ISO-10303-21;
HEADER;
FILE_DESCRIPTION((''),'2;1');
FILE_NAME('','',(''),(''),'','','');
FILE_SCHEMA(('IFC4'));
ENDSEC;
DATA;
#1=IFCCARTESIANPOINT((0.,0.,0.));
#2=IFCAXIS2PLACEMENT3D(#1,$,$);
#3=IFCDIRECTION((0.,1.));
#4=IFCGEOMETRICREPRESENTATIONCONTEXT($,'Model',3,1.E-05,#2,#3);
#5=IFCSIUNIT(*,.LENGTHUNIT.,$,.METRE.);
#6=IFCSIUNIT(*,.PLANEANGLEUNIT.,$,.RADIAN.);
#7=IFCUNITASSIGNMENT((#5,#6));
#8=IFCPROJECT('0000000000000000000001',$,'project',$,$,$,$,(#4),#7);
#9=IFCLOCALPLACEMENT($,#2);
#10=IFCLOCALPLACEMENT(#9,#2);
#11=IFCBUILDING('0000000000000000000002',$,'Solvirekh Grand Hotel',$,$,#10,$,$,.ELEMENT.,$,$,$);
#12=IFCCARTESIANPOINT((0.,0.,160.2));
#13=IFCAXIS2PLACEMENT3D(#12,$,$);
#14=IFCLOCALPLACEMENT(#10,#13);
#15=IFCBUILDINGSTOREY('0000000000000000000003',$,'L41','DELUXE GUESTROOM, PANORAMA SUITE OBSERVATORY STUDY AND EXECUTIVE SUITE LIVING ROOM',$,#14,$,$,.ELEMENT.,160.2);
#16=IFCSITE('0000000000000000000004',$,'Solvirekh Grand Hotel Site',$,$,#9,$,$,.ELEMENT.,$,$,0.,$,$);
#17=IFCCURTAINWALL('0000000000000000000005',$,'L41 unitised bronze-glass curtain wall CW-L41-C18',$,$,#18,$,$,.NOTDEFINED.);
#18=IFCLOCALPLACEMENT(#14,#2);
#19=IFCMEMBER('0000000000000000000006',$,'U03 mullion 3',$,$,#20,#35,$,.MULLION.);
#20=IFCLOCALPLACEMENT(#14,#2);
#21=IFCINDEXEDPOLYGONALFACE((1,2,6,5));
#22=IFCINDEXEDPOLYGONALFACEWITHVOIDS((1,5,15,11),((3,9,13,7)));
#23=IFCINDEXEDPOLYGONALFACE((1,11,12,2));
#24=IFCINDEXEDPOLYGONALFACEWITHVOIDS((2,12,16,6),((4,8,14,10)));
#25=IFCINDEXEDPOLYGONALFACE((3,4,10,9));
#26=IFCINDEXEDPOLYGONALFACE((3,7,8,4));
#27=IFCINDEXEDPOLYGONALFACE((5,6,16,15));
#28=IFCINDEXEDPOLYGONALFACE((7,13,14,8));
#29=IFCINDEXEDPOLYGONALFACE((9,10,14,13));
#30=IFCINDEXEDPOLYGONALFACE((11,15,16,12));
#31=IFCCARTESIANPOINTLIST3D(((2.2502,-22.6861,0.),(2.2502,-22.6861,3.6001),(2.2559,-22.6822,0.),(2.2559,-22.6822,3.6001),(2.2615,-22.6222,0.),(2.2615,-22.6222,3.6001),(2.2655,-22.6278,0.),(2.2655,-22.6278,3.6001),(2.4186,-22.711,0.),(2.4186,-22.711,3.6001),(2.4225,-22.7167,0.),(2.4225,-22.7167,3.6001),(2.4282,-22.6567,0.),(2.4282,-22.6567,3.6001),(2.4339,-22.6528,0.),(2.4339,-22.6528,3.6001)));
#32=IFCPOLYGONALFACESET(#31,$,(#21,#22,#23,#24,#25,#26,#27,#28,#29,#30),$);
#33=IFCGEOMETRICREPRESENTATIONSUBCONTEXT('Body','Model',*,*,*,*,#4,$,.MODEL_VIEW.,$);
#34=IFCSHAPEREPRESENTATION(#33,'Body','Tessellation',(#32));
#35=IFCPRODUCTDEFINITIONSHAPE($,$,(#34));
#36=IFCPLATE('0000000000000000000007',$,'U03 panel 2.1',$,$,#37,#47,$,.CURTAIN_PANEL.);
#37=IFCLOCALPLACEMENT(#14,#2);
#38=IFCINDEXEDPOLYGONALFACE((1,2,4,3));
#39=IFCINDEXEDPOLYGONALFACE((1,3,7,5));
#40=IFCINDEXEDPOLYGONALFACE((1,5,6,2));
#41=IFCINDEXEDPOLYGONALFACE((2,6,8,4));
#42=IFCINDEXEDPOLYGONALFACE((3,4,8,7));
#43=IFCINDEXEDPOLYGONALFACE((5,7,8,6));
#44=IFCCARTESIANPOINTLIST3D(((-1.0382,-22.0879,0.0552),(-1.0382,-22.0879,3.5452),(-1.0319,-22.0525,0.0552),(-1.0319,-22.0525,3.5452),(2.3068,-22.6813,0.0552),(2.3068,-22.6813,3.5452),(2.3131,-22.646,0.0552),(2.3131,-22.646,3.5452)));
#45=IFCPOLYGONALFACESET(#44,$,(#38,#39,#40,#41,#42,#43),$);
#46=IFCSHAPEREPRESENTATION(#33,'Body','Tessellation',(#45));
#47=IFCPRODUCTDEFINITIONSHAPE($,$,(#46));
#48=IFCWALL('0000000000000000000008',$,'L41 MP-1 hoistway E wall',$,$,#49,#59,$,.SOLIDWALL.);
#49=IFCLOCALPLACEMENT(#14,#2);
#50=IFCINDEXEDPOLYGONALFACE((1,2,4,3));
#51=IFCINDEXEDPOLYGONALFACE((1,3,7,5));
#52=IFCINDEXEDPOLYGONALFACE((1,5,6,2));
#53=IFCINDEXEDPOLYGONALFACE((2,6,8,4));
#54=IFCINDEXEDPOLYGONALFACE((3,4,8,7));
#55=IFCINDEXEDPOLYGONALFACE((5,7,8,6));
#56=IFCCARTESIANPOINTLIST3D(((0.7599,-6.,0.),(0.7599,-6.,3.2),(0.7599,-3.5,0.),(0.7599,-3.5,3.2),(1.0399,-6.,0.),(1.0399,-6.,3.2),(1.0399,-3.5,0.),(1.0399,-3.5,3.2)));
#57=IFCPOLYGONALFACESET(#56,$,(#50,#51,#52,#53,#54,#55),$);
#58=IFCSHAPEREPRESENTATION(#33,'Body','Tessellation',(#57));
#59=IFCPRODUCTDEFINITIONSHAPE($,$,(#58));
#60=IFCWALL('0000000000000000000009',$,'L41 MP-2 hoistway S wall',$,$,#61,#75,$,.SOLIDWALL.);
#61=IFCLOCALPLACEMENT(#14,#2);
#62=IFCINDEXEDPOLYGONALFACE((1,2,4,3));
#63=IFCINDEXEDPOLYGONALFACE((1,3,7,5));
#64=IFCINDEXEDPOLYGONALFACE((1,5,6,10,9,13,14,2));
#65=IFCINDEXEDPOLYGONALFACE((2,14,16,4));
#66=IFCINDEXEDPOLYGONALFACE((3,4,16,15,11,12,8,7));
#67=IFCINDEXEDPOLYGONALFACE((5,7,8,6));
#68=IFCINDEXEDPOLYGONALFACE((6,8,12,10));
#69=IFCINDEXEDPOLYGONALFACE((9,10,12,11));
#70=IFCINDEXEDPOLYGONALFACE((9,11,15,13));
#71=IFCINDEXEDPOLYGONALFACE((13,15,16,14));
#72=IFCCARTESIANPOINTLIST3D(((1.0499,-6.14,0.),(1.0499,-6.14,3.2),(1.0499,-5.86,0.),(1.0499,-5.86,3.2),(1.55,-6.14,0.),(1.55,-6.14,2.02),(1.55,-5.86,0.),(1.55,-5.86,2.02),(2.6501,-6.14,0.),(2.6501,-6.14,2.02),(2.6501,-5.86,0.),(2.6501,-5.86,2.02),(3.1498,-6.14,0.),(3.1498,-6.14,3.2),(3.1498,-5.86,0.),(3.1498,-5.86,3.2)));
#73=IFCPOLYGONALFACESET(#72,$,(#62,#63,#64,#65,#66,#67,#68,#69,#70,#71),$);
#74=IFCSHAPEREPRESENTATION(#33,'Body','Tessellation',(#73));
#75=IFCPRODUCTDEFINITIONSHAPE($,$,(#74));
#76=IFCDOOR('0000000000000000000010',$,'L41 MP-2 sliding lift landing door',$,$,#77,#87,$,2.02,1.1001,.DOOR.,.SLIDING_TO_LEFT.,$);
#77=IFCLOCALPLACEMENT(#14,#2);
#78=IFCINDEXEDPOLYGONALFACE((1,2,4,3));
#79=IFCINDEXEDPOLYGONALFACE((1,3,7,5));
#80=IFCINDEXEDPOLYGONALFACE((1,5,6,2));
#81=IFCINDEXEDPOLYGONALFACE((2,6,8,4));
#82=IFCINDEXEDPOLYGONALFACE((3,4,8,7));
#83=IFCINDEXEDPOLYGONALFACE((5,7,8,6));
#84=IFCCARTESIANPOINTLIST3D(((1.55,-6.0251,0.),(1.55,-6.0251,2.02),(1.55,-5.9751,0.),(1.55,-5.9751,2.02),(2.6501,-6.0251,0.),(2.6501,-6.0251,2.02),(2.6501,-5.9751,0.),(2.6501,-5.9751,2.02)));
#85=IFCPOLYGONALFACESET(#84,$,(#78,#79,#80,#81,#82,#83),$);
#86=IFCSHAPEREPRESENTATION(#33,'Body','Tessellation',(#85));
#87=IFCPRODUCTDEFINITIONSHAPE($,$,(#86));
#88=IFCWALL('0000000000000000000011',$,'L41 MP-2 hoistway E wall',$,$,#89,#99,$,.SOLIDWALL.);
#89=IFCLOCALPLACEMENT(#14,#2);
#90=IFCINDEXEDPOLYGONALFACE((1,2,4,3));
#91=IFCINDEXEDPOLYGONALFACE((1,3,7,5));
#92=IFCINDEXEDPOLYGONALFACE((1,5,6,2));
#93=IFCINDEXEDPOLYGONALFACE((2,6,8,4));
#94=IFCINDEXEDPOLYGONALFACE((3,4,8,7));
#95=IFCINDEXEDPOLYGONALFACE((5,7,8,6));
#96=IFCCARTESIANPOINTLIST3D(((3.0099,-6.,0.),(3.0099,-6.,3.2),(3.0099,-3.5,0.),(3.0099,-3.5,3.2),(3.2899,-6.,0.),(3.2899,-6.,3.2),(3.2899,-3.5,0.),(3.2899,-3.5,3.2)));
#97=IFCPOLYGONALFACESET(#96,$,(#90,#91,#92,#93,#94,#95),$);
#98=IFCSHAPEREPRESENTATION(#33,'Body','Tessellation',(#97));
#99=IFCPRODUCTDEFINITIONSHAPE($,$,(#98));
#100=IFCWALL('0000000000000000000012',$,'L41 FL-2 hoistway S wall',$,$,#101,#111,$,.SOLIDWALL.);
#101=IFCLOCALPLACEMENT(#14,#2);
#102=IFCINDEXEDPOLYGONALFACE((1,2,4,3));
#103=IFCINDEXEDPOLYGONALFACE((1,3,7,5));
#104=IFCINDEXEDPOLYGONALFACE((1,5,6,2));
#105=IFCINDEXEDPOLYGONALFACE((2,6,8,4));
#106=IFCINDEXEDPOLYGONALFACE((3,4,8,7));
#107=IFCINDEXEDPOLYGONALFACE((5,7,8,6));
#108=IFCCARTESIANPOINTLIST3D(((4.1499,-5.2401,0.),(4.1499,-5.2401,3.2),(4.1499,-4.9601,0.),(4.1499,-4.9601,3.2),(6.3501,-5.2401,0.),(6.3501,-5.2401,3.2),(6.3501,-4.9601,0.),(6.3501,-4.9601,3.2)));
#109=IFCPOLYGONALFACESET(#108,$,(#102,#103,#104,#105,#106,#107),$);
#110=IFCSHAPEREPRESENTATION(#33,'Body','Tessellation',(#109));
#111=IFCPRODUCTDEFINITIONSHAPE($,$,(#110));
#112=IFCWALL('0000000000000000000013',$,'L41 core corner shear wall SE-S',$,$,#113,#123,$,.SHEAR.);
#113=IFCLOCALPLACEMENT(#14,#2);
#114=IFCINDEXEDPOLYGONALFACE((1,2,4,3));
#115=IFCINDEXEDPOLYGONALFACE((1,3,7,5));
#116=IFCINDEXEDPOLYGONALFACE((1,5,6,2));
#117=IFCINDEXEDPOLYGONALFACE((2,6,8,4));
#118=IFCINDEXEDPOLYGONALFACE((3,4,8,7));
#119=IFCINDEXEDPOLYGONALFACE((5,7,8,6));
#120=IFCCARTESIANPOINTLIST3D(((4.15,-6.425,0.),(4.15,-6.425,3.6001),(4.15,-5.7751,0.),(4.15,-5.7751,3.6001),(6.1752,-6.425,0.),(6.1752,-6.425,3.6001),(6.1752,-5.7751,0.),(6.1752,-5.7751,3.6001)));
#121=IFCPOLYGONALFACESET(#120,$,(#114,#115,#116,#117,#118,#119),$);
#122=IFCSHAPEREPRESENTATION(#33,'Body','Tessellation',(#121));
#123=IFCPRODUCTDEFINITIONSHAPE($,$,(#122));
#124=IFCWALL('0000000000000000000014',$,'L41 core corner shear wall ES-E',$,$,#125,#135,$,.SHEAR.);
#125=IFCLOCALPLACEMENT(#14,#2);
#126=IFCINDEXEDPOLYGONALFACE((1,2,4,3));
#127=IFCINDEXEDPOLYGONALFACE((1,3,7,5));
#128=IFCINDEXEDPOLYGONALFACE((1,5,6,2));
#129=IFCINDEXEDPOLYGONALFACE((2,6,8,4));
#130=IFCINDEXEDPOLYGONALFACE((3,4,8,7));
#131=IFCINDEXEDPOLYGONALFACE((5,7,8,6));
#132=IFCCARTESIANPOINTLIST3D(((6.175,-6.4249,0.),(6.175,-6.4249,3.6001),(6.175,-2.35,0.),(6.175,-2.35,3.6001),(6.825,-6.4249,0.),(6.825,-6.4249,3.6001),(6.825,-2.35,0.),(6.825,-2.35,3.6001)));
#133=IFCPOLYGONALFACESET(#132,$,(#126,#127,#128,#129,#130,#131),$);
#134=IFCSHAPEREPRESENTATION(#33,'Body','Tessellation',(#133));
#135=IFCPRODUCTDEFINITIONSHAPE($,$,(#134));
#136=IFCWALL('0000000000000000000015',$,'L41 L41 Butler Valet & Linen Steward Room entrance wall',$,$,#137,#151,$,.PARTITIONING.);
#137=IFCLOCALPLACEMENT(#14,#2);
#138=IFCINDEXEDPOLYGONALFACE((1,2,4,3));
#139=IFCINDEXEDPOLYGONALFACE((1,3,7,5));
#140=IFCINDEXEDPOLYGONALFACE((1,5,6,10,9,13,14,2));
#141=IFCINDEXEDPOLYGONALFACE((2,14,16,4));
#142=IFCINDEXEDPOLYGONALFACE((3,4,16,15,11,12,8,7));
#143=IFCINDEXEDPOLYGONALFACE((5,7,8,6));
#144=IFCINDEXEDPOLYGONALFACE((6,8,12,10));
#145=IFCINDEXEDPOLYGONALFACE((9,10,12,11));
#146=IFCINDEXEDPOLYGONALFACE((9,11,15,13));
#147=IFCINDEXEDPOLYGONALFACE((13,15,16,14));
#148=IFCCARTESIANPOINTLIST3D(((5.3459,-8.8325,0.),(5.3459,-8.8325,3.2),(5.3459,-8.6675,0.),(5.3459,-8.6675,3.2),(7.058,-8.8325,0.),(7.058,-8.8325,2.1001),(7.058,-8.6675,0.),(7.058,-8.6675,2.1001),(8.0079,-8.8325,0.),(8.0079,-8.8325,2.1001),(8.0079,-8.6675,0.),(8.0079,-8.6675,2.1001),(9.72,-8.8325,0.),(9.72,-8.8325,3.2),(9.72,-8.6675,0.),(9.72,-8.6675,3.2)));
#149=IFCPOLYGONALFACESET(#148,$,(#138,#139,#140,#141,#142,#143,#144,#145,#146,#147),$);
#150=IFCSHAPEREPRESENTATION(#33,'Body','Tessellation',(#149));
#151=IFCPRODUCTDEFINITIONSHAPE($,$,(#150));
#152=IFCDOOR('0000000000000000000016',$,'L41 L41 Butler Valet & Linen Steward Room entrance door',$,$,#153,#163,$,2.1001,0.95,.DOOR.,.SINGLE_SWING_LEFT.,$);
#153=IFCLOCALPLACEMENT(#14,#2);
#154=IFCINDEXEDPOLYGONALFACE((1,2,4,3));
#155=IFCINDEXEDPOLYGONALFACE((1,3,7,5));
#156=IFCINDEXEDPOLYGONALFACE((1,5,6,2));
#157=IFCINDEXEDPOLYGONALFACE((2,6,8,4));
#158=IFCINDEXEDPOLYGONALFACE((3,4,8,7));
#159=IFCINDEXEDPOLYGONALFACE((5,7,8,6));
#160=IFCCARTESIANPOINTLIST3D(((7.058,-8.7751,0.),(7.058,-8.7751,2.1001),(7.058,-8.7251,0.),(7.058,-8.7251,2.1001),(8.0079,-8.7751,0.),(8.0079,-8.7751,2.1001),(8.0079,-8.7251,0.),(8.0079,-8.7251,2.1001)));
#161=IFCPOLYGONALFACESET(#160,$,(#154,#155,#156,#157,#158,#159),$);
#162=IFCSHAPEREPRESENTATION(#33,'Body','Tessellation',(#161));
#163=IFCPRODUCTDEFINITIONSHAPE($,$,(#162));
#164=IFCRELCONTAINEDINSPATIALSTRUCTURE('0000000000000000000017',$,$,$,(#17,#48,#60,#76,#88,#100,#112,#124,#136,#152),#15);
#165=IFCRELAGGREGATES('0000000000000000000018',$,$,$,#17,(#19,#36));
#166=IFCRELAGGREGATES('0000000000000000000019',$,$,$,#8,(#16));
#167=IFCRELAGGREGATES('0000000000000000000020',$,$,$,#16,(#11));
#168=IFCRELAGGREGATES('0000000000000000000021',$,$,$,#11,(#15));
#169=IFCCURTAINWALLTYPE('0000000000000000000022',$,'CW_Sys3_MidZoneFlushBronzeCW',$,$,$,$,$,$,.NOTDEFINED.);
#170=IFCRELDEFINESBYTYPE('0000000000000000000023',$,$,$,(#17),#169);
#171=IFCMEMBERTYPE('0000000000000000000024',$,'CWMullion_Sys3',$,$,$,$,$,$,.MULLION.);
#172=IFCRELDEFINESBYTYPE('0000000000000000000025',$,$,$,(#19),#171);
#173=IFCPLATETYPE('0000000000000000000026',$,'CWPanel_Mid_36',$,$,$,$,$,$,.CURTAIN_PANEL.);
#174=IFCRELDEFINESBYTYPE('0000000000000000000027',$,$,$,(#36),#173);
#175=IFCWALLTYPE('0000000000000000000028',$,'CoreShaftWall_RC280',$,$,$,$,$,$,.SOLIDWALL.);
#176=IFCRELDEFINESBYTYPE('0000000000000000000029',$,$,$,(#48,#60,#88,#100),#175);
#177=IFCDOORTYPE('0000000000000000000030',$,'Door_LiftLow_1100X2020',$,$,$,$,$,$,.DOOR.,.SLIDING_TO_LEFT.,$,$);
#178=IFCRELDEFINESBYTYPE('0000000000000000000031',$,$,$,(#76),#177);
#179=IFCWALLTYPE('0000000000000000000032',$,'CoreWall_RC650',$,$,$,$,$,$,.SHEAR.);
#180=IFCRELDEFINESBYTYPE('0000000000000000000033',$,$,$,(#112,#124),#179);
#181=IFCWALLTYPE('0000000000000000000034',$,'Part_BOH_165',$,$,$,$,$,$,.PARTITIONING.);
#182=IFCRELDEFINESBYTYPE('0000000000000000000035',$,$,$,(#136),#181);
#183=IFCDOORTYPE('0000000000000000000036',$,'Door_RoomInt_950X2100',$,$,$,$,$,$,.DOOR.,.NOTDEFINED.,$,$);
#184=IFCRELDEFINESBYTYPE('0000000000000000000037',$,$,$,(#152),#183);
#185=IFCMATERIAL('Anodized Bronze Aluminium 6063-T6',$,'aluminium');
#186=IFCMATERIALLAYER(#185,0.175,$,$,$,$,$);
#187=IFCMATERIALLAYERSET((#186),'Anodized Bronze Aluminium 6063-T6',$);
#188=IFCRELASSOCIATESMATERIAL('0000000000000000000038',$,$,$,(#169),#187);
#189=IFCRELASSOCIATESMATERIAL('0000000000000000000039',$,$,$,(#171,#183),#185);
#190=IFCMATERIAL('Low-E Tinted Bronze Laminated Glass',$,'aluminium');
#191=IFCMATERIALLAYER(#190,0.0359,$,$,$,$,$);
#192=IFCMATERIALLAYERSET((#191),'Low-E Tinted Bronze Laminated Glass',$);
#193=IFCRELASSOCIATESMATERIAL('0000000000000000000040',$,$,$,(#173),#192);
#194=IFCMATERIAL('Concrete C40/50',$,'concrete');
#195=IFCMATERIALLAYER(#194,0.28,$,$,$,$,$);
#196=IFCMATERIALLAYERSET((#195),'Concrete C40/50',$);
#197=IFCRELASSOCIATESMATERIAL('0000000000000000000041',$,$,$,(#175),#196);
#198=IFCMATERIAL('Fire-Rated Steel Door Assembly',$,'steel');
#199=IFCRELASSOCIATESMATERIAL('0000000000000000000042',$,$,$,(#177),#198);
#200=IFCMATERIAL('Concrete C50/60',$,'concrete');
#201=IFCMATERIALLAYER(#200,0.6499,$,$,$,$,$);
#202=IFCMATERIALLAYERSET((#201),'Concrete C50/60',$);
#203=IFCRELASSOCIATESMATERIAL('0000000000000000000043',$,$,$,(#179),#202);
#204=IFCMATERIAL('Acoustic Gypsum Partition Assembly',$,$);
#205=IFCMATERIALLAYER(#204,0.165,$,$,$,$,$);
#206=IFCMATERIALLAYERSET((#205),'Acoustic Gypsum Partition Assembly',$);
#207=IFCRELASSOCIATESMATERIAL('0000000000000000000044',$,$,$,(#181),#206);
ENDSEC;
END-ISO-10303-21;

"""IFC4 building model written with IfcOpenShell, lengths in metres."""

from ifc_helpers import new_model, si_unit, direction, frame, frame_2d, origin, origin_2d, place, context, subcontext, project, spatial, rectangle, hollow_rectangle, extrude, source, transform, mapped, material, layer, layer_set, material_profile, profile_set, type_object, element, fill, aggregate, save


model = new_model("IFC4")

# Units and contexts
model_context = context("Model", 3, precision=1e-05, world=origin(), true_north=direction((0.0, 1.0)))
body_context = subcontext(model_context, "Body", "Model", "MODEL_VIEW")
ifc_project = project(units=[si_unit("LENGTHUNIT", "METRE"), si_unit("PLANEANGLEUNIT", "RADIAN")], contexts=[model_context])

# Site, building, storey
site_placement = place(None, origin())
site = spatial("IfcSite", under=ifc_project, at=site_placement, Name="Solvirekh Grand Hotel Site", CompositionType="ELEMENT", RefElevation=0.0)
building_placement = place(site_placement, origin())
building = spatial("IfcBuilding", under=site, at=building_placement, Name="Solvirekh Grand Hotel", CompositionType="ELEMENT")
storey_placement = place(building_placement, frame((0.0, 0.0, 160.2)))
storey = spatial("IfcBuildingStorey", under=building, at=storey_placement, Name="L41", Description="DELUXE GUESTROOM, PANORAMA SUITE OBSERVATORY STUDY AND EXECUTIVE SUITE LIVING ROOM", CompositionType="ELEMENT", Elevation=160.2)

# Curtain wall, member, plate
ifc_material_1 = material(Name="Anodized Bronze Aluminium 6063-T6", Category="aluminium")
ifc_layer_1 = layer(ifc_material_1, 0.175)
ifc_layer_set_1 = layer_set([ifc_layer_1], Name="Anodized Bronze Aluminium 6063-T6")
curtain_wall_type = type_object("IfcCurtainWallType", Name="CW_Sys3_MidZoneFlushBronzeCW", PredefinedType="NOTDEFINED", material=ifc_layer_set_1)
curtain_wall_placement = place(storey_placement, origin())
curtain_wall = element("IfcCurtainWall", 1, at=curtain_wall_placement, inside=storey, type_object=curtain_wall_type, Name="L41 unitised bronze-glass curtain wall CW-L41-C18", PredefinedType="NOTDEFINED")
ifc_material_profile_1 = material_profile(ifc_material_1, hollow_rectangle(XDim=0.0649, YDim=0.175, WallThickness=0.0049, at=origin_2d()), Name="ALU RHS 175X65X5")
ifc_profile_set_1 = profile_set([ifc_material_profile_1], Name="Anodized Bronze Aluminium 6063-T6")
member_type = type_object("IfcMemberType", Name="CWMullion_Sys3", PredefinedType="MULLION", material=ifc_profile_set_1)
shared_shape_1 = source(origin(), body_context, "Body", "SweptSolid", [
    extrude(hollow_rectangle(XDim=0.0649, YDim=0.175, WallThickness=0.0049, at=origin_2d()), origin(), (0.0, 0.0, 1.0), 3.6001),
])
member_placement = place(storey_placement, frame((2.342, -22.6694, 0.0), z_axis=(0.0, 0.0, 1.0), x_axis=(0.174691, 0.984623, 0.0)))
member = element("IfcMember", 2, at=member_placement, type_object=member_type, Name="U03 mullion 3", PredefinedType="MULLION", context=body_context, shape_type="MappedRepresentation", body=[
    mapped(shared_shape_1, transform((0.0, 0.0, 0.0), x_axis=(1.0, 0.0, 0.0), y_axis=(0.0, 1.0, 0.0), z_axis=(0.0, 0.0, 1.0), scale=1.0)),
])
ifc_material_2 = material(Name="Low-E Tinted Bronze Laminated Glass", Category="aluminium")
ifc_layer_2 = layer(ifc_material_2, 0.0359)
ifc_layer_set_2 = layer_set([ifc_layer_2], Name="Low-E Tinted Bronze Laminated Glass")
plate_type = type_object("IfcPlateType", Name="CWPanel_Mid_36", PredefinedType="CURTAIN_PANEL", material=ifc_layer_set_2)
shared_shape_2 = source(origin(), body_context, "Body", "SweptSolid", [
    extrude(rectangle(XDim=3.3972, YDim=0.0359, at=origin_2d()), origin(), (0.0, 0.0, 1.0), 3.49),
])
plate_placement = place(storey_placement, frame((0.6375, -22.3669, 0.0552), z_axis=(0.0, 0.0, 1.0), x_axis=(0.984623, -0.174691, 0.0)))
plate = element("IfcPlate", 3, at=plate_placement, type_object=plate_type, Name="U03 panel 2.1", PredefinedType="CURTAIN_PANEL", context=body_context, shape_type="MappedRepresentation", body=[
    mapped(shared_shape_2, transform((0.0, 0.0, 0.0), x_axis=(1.0, 0.0, 0.0), y_axis=(0.0, 1.0, 0.0), z_axis=(0.0, 0.0, 1.0), scale=1.0)),
])
aggregate(curtain_wall, [member, plate])

# Wall
ifc_material_3 = material(Name="Concrete C40/50", Category="concrete")
ifc_layer_3 = layer(ifc_material_3, 0.28)
ifc_layer_set_3 = layer_set([ifc_layer_3], Name="Concrete C40/50")
wall_type_1 = type_object("IfcWallType", Name="CoreShaftWall_RC280", PredefinedType="SOLIDWALL", material=ifc_layer_set_3)
wall_1_placement = place(storey_placement, frame((0.8999, -6.0, 0.0), z_axis=(0.0, 0.0, 1.0), x_axis=(0.0, 1.0, 0.0)))
element("IfcWall", 4, at=wall_1_placement, inside=storey, type_object=wall_type_1, Name="L41 MP-1 hoistway E wall", PredefinedType="SOLIDWALL", context=body_context, shape_type="SweptSolid", body=[
    extrude(rectangle(XDim=2.5, YDim=0.28, at=frame_2d((1.25, 0.0))), origin(), (0.0, 0.0, 1.0), 3.2),
])

# Wall, opening, door
wall_2_placement = place(storey_placement, frame((1.05, -6.0, 0.0), z_axis=(0.0, 0.0, 1.0), x_axis=(1.0, 0.0, 0.0)))
wall_2 = element("IfcWall", 5, at=wall_2_placement, inside=storey, type_object=wall_type_1, Name="L41 MP-2 hoistway S wall", PredefinedType="SOLIDWALL", context=body_context, shape_type="SweptSolid", body=[
    extrude(rectangle(XDim=2.0999, YDim=0.28, at=frame_2d((1.0498, 0.0))), origin(), (0.0, 0.0, 1.0), 3.2),
])
opening_1_placement = place(wall_2_placement, frame((0.5, 0.0, 0.0)))
opening_1 = element("IfcOpeningElement", 6, at=opening_1_placement, cuts=wall_2, PredefinedType="OPENING", context=body_context, shape_type="SweptSolid", body=[
    extrude(rectangle(XDim=1.1001, YDim=2.02, at=frame_2d((0.55, 1.01))), frame((0.0, 0.1499, 0.0), z_axis=(0.0, -1.0, 0.0), x_axis=(1.0, 0.0, 0.0)), (0.0, 0.0, 1.0), 0.3),
])
ifc_material_4 = material(Name="Fire-Rated Steel Door Assembly", Category="steel")
door_type_1 = type_object("IfcDoorType", Name="Door_LiftLow_1100X2020", OperationType="SLIDING_TO_LEFT", PredefinedType="DOOR", material=ifc_material_4)
door_1_placement = place(opening_1_placement, origin())
door_1 = element("IfcDoor", 7, at=door_1_placement, inside=storey, type_object=door_type_1, Name="L41 MP-2 sliding lift landing door", OperationType="SLIDING_TO_LEFT", OverallHeight=2.02, OverallWidth=1.1001, PredefinedType="DOOR", context=body_context, shape_type="SweptSolid", body=[
    extrude(rectangle(XDim=1.1001, YDim=2.02, at=frame_2d((0.55, 1.01))), frame((0.0, 0.0249, 0.0), z_axis=(0.0, -1.0, 0.0), x_axis=(1.0, 0.0, 0.0)), (0.0, 0.0, 1.0), 0.05),
])
fill(opening_1, door_1)

# Walls
wall_3_placement = place(storey_placement, frame((3.1499, -6.0, 0.0), z_axis=(0.0, 0.0, 1.0), x_axis=(0.0, 1.0, 0.0)))
element("IfcWall", 8, at=wall_3_placement, inside=storey, type_object=wall_type_1, Name="L41 MP-2 hoistway E wall", PredefinedType="SOLIDWALL", context=body_context, shape_type="SweptSolid", body=[
    extrude(rectangle(XDim=2.5, YDim=0.28, at=frame_2d((1.25, 0.0))), origin(), (0.0, 0.0, 1.0), 3.2),
])
wall_4_placement = place(storey_placement, frame((4.1499, -5.1001, 0.0), z_axis=(0.0, 0.0, 1.0), x_axis=(1.0, 0.0, 0.0)))
element("IfcWall", 9, at=wall_4_placement, inside=storey, type_object=wall_type_1, Name="L41 FL-2 hoistway S wall", PredefinedType="SOLIDWALL", context=body_context, shape_type="SweptSolid", body=[
    extrude(rectangle(XDim=2.2002, YDim=0.28, at=frame_2d((1.1001, 0.0))), origin(), (0.0, 0.0, 1.0), 3.2),
])
ifc_material_5 = material(Name="Concrete C50/60", Category="concrete")
ifc_layer_4 = layer(ifc_material_5, 0.6499)
ifc_layer_set_4 = layer_set([ifc_layer_4], Name="Concrete C50/60")
wall_type_2 = type_object("IfcWallType", Name="CoreWall_RC650", PredefinedType="SHEAR", material=ifc_layer_set_4)
wall_5_placement = place(storey_placement, frame((4.1499, -6.1001, 0.0), z_axis=(0.0, 0.0, 1.0), x_axis=(1.0, 0.0, 0.0)))
element("IfcWall", 10, at=wall_5_placement, inside=storey, type_object=wall_type_2, Name="L41 core corner shear wall SE-S", PredefinedType="SHEAR", context=body_context, shape_type="SweptSolid", body=[
    extrude(rectangle(XDim=2.0251, YDim=0.6499, at=frame_2d((1.0127, 0.0))), origin(), (0.0, 0.0, 1.0), 3.6001),
])
wall_6_placement = place(storey_placement, frame((6.5, -6.425, 0.0), z_axis=(0.0, 0.0, 1.0), x_axis=(0.0, 1.0, 0.0)))
element("IfcWall", 11, at=wall_6_placement, inside=storey, type_object=wall_type_2, Name="L41 core corner shear wall ES-E", PredefinedType="SHEAR", context=body_context, shape_type="SweptSolid", body=[
    extrude(rectangle(XDim=4.075, YDim=0.6499, at=frame_2d((2.0376, 0.0))), origin(), (0.0, 0.0, 1.0), 3.6001),
])

# Wall, opening, door
ifc_material_6 = material(Name="Acoustic Gypsum Partition Assembly")
ifc_layer_5 = layer(ifc_material_6, 0.165)
ifc_layer_set_5 = layer_set([ifc_layer_5], Name="Acoustic Gypsum Partition Assembly")
wall_type_3 = type_object("IfcWallType", Name="Part_BOH_165", PredefinedType="PARTITIONING", material=ifc_layer_set_5)
wall_7_placement = place(storey_placement, frame((5.3459, -8.75, 0.0), z_axis=(0.0, 0.0, 1.0), x_axis=(1.0, 0.0, 0.0)))
wall_7 = element("IfcWall", 12, at=wall_7_placement, inside=storey, type_object=wall_type_3, Name="L41 L41 Butler Valet & Linen Steward Room entrance wall", PredefinedType="PARTITIONING", context=body_context, shape_type="SweptSolid", body=[
    extrude(rectangle(XDim=4.374, YDim=0.165, at=frame_2d((2.187, 0.0))), origin(), (0.0, 0.0, 1.0), 3.2),
])
opening_2_placement = place(wall_7_placement, frame((1.7119, 0.0, 0.0)))
opening_2 = element("IfcOpeningElement", 13, at=opening_2_placement, cuts=wall_7, PredefinedType="OPENING", context=body_context, shape_type="SweptSolid", body=[
    extrude(rectangle(XDim=0.95, YDim=2.1001, at=frame_2d((0.4751, 1.05))), frame((0.0, 0.0925, 0.0), z_axis=(0.0, -1.0, 0.0), x_axis=(1.0, 0.0, 0.0)), (0.0, 0.0, 1.0), 0.1851),
])
door_type_2 = type_object("IfcDoorType", Name="Door_RoomInt_950X2100", OperationType="NOTDEFINED", PredefinedType="DOOR", material=ifc_material_1)
door_2_placement = place(opening_2_placement, origin())
door_2 = element("IfcDoor", 14, at=door_2_placement, inside=storey, type_object=door_type_2, Name="L41 L41 Butler Valet & Linen Steward Room entrance door", OperationType="SINGLE_SWING_LEFT", OverallHeight=2.1001, OverallWidth=0.95, PredefinedType="DOOR", context=body_context, shape_type="SweptSolid", body=[
    extrude(rectangle(XDim=0.95, YDim=2.1001, at=frame_2d((0.4751, 1.05))), frame((0.0, 0.0249, 0.0), z_axis=(0.0, -1.0, 0.0), x_axis=(1.0, 0.0, 0.0)), (0.0, 0.0, 1.0), 0.05),
])
fill(opening_2, door_2)

save(model, "model.ifc")
